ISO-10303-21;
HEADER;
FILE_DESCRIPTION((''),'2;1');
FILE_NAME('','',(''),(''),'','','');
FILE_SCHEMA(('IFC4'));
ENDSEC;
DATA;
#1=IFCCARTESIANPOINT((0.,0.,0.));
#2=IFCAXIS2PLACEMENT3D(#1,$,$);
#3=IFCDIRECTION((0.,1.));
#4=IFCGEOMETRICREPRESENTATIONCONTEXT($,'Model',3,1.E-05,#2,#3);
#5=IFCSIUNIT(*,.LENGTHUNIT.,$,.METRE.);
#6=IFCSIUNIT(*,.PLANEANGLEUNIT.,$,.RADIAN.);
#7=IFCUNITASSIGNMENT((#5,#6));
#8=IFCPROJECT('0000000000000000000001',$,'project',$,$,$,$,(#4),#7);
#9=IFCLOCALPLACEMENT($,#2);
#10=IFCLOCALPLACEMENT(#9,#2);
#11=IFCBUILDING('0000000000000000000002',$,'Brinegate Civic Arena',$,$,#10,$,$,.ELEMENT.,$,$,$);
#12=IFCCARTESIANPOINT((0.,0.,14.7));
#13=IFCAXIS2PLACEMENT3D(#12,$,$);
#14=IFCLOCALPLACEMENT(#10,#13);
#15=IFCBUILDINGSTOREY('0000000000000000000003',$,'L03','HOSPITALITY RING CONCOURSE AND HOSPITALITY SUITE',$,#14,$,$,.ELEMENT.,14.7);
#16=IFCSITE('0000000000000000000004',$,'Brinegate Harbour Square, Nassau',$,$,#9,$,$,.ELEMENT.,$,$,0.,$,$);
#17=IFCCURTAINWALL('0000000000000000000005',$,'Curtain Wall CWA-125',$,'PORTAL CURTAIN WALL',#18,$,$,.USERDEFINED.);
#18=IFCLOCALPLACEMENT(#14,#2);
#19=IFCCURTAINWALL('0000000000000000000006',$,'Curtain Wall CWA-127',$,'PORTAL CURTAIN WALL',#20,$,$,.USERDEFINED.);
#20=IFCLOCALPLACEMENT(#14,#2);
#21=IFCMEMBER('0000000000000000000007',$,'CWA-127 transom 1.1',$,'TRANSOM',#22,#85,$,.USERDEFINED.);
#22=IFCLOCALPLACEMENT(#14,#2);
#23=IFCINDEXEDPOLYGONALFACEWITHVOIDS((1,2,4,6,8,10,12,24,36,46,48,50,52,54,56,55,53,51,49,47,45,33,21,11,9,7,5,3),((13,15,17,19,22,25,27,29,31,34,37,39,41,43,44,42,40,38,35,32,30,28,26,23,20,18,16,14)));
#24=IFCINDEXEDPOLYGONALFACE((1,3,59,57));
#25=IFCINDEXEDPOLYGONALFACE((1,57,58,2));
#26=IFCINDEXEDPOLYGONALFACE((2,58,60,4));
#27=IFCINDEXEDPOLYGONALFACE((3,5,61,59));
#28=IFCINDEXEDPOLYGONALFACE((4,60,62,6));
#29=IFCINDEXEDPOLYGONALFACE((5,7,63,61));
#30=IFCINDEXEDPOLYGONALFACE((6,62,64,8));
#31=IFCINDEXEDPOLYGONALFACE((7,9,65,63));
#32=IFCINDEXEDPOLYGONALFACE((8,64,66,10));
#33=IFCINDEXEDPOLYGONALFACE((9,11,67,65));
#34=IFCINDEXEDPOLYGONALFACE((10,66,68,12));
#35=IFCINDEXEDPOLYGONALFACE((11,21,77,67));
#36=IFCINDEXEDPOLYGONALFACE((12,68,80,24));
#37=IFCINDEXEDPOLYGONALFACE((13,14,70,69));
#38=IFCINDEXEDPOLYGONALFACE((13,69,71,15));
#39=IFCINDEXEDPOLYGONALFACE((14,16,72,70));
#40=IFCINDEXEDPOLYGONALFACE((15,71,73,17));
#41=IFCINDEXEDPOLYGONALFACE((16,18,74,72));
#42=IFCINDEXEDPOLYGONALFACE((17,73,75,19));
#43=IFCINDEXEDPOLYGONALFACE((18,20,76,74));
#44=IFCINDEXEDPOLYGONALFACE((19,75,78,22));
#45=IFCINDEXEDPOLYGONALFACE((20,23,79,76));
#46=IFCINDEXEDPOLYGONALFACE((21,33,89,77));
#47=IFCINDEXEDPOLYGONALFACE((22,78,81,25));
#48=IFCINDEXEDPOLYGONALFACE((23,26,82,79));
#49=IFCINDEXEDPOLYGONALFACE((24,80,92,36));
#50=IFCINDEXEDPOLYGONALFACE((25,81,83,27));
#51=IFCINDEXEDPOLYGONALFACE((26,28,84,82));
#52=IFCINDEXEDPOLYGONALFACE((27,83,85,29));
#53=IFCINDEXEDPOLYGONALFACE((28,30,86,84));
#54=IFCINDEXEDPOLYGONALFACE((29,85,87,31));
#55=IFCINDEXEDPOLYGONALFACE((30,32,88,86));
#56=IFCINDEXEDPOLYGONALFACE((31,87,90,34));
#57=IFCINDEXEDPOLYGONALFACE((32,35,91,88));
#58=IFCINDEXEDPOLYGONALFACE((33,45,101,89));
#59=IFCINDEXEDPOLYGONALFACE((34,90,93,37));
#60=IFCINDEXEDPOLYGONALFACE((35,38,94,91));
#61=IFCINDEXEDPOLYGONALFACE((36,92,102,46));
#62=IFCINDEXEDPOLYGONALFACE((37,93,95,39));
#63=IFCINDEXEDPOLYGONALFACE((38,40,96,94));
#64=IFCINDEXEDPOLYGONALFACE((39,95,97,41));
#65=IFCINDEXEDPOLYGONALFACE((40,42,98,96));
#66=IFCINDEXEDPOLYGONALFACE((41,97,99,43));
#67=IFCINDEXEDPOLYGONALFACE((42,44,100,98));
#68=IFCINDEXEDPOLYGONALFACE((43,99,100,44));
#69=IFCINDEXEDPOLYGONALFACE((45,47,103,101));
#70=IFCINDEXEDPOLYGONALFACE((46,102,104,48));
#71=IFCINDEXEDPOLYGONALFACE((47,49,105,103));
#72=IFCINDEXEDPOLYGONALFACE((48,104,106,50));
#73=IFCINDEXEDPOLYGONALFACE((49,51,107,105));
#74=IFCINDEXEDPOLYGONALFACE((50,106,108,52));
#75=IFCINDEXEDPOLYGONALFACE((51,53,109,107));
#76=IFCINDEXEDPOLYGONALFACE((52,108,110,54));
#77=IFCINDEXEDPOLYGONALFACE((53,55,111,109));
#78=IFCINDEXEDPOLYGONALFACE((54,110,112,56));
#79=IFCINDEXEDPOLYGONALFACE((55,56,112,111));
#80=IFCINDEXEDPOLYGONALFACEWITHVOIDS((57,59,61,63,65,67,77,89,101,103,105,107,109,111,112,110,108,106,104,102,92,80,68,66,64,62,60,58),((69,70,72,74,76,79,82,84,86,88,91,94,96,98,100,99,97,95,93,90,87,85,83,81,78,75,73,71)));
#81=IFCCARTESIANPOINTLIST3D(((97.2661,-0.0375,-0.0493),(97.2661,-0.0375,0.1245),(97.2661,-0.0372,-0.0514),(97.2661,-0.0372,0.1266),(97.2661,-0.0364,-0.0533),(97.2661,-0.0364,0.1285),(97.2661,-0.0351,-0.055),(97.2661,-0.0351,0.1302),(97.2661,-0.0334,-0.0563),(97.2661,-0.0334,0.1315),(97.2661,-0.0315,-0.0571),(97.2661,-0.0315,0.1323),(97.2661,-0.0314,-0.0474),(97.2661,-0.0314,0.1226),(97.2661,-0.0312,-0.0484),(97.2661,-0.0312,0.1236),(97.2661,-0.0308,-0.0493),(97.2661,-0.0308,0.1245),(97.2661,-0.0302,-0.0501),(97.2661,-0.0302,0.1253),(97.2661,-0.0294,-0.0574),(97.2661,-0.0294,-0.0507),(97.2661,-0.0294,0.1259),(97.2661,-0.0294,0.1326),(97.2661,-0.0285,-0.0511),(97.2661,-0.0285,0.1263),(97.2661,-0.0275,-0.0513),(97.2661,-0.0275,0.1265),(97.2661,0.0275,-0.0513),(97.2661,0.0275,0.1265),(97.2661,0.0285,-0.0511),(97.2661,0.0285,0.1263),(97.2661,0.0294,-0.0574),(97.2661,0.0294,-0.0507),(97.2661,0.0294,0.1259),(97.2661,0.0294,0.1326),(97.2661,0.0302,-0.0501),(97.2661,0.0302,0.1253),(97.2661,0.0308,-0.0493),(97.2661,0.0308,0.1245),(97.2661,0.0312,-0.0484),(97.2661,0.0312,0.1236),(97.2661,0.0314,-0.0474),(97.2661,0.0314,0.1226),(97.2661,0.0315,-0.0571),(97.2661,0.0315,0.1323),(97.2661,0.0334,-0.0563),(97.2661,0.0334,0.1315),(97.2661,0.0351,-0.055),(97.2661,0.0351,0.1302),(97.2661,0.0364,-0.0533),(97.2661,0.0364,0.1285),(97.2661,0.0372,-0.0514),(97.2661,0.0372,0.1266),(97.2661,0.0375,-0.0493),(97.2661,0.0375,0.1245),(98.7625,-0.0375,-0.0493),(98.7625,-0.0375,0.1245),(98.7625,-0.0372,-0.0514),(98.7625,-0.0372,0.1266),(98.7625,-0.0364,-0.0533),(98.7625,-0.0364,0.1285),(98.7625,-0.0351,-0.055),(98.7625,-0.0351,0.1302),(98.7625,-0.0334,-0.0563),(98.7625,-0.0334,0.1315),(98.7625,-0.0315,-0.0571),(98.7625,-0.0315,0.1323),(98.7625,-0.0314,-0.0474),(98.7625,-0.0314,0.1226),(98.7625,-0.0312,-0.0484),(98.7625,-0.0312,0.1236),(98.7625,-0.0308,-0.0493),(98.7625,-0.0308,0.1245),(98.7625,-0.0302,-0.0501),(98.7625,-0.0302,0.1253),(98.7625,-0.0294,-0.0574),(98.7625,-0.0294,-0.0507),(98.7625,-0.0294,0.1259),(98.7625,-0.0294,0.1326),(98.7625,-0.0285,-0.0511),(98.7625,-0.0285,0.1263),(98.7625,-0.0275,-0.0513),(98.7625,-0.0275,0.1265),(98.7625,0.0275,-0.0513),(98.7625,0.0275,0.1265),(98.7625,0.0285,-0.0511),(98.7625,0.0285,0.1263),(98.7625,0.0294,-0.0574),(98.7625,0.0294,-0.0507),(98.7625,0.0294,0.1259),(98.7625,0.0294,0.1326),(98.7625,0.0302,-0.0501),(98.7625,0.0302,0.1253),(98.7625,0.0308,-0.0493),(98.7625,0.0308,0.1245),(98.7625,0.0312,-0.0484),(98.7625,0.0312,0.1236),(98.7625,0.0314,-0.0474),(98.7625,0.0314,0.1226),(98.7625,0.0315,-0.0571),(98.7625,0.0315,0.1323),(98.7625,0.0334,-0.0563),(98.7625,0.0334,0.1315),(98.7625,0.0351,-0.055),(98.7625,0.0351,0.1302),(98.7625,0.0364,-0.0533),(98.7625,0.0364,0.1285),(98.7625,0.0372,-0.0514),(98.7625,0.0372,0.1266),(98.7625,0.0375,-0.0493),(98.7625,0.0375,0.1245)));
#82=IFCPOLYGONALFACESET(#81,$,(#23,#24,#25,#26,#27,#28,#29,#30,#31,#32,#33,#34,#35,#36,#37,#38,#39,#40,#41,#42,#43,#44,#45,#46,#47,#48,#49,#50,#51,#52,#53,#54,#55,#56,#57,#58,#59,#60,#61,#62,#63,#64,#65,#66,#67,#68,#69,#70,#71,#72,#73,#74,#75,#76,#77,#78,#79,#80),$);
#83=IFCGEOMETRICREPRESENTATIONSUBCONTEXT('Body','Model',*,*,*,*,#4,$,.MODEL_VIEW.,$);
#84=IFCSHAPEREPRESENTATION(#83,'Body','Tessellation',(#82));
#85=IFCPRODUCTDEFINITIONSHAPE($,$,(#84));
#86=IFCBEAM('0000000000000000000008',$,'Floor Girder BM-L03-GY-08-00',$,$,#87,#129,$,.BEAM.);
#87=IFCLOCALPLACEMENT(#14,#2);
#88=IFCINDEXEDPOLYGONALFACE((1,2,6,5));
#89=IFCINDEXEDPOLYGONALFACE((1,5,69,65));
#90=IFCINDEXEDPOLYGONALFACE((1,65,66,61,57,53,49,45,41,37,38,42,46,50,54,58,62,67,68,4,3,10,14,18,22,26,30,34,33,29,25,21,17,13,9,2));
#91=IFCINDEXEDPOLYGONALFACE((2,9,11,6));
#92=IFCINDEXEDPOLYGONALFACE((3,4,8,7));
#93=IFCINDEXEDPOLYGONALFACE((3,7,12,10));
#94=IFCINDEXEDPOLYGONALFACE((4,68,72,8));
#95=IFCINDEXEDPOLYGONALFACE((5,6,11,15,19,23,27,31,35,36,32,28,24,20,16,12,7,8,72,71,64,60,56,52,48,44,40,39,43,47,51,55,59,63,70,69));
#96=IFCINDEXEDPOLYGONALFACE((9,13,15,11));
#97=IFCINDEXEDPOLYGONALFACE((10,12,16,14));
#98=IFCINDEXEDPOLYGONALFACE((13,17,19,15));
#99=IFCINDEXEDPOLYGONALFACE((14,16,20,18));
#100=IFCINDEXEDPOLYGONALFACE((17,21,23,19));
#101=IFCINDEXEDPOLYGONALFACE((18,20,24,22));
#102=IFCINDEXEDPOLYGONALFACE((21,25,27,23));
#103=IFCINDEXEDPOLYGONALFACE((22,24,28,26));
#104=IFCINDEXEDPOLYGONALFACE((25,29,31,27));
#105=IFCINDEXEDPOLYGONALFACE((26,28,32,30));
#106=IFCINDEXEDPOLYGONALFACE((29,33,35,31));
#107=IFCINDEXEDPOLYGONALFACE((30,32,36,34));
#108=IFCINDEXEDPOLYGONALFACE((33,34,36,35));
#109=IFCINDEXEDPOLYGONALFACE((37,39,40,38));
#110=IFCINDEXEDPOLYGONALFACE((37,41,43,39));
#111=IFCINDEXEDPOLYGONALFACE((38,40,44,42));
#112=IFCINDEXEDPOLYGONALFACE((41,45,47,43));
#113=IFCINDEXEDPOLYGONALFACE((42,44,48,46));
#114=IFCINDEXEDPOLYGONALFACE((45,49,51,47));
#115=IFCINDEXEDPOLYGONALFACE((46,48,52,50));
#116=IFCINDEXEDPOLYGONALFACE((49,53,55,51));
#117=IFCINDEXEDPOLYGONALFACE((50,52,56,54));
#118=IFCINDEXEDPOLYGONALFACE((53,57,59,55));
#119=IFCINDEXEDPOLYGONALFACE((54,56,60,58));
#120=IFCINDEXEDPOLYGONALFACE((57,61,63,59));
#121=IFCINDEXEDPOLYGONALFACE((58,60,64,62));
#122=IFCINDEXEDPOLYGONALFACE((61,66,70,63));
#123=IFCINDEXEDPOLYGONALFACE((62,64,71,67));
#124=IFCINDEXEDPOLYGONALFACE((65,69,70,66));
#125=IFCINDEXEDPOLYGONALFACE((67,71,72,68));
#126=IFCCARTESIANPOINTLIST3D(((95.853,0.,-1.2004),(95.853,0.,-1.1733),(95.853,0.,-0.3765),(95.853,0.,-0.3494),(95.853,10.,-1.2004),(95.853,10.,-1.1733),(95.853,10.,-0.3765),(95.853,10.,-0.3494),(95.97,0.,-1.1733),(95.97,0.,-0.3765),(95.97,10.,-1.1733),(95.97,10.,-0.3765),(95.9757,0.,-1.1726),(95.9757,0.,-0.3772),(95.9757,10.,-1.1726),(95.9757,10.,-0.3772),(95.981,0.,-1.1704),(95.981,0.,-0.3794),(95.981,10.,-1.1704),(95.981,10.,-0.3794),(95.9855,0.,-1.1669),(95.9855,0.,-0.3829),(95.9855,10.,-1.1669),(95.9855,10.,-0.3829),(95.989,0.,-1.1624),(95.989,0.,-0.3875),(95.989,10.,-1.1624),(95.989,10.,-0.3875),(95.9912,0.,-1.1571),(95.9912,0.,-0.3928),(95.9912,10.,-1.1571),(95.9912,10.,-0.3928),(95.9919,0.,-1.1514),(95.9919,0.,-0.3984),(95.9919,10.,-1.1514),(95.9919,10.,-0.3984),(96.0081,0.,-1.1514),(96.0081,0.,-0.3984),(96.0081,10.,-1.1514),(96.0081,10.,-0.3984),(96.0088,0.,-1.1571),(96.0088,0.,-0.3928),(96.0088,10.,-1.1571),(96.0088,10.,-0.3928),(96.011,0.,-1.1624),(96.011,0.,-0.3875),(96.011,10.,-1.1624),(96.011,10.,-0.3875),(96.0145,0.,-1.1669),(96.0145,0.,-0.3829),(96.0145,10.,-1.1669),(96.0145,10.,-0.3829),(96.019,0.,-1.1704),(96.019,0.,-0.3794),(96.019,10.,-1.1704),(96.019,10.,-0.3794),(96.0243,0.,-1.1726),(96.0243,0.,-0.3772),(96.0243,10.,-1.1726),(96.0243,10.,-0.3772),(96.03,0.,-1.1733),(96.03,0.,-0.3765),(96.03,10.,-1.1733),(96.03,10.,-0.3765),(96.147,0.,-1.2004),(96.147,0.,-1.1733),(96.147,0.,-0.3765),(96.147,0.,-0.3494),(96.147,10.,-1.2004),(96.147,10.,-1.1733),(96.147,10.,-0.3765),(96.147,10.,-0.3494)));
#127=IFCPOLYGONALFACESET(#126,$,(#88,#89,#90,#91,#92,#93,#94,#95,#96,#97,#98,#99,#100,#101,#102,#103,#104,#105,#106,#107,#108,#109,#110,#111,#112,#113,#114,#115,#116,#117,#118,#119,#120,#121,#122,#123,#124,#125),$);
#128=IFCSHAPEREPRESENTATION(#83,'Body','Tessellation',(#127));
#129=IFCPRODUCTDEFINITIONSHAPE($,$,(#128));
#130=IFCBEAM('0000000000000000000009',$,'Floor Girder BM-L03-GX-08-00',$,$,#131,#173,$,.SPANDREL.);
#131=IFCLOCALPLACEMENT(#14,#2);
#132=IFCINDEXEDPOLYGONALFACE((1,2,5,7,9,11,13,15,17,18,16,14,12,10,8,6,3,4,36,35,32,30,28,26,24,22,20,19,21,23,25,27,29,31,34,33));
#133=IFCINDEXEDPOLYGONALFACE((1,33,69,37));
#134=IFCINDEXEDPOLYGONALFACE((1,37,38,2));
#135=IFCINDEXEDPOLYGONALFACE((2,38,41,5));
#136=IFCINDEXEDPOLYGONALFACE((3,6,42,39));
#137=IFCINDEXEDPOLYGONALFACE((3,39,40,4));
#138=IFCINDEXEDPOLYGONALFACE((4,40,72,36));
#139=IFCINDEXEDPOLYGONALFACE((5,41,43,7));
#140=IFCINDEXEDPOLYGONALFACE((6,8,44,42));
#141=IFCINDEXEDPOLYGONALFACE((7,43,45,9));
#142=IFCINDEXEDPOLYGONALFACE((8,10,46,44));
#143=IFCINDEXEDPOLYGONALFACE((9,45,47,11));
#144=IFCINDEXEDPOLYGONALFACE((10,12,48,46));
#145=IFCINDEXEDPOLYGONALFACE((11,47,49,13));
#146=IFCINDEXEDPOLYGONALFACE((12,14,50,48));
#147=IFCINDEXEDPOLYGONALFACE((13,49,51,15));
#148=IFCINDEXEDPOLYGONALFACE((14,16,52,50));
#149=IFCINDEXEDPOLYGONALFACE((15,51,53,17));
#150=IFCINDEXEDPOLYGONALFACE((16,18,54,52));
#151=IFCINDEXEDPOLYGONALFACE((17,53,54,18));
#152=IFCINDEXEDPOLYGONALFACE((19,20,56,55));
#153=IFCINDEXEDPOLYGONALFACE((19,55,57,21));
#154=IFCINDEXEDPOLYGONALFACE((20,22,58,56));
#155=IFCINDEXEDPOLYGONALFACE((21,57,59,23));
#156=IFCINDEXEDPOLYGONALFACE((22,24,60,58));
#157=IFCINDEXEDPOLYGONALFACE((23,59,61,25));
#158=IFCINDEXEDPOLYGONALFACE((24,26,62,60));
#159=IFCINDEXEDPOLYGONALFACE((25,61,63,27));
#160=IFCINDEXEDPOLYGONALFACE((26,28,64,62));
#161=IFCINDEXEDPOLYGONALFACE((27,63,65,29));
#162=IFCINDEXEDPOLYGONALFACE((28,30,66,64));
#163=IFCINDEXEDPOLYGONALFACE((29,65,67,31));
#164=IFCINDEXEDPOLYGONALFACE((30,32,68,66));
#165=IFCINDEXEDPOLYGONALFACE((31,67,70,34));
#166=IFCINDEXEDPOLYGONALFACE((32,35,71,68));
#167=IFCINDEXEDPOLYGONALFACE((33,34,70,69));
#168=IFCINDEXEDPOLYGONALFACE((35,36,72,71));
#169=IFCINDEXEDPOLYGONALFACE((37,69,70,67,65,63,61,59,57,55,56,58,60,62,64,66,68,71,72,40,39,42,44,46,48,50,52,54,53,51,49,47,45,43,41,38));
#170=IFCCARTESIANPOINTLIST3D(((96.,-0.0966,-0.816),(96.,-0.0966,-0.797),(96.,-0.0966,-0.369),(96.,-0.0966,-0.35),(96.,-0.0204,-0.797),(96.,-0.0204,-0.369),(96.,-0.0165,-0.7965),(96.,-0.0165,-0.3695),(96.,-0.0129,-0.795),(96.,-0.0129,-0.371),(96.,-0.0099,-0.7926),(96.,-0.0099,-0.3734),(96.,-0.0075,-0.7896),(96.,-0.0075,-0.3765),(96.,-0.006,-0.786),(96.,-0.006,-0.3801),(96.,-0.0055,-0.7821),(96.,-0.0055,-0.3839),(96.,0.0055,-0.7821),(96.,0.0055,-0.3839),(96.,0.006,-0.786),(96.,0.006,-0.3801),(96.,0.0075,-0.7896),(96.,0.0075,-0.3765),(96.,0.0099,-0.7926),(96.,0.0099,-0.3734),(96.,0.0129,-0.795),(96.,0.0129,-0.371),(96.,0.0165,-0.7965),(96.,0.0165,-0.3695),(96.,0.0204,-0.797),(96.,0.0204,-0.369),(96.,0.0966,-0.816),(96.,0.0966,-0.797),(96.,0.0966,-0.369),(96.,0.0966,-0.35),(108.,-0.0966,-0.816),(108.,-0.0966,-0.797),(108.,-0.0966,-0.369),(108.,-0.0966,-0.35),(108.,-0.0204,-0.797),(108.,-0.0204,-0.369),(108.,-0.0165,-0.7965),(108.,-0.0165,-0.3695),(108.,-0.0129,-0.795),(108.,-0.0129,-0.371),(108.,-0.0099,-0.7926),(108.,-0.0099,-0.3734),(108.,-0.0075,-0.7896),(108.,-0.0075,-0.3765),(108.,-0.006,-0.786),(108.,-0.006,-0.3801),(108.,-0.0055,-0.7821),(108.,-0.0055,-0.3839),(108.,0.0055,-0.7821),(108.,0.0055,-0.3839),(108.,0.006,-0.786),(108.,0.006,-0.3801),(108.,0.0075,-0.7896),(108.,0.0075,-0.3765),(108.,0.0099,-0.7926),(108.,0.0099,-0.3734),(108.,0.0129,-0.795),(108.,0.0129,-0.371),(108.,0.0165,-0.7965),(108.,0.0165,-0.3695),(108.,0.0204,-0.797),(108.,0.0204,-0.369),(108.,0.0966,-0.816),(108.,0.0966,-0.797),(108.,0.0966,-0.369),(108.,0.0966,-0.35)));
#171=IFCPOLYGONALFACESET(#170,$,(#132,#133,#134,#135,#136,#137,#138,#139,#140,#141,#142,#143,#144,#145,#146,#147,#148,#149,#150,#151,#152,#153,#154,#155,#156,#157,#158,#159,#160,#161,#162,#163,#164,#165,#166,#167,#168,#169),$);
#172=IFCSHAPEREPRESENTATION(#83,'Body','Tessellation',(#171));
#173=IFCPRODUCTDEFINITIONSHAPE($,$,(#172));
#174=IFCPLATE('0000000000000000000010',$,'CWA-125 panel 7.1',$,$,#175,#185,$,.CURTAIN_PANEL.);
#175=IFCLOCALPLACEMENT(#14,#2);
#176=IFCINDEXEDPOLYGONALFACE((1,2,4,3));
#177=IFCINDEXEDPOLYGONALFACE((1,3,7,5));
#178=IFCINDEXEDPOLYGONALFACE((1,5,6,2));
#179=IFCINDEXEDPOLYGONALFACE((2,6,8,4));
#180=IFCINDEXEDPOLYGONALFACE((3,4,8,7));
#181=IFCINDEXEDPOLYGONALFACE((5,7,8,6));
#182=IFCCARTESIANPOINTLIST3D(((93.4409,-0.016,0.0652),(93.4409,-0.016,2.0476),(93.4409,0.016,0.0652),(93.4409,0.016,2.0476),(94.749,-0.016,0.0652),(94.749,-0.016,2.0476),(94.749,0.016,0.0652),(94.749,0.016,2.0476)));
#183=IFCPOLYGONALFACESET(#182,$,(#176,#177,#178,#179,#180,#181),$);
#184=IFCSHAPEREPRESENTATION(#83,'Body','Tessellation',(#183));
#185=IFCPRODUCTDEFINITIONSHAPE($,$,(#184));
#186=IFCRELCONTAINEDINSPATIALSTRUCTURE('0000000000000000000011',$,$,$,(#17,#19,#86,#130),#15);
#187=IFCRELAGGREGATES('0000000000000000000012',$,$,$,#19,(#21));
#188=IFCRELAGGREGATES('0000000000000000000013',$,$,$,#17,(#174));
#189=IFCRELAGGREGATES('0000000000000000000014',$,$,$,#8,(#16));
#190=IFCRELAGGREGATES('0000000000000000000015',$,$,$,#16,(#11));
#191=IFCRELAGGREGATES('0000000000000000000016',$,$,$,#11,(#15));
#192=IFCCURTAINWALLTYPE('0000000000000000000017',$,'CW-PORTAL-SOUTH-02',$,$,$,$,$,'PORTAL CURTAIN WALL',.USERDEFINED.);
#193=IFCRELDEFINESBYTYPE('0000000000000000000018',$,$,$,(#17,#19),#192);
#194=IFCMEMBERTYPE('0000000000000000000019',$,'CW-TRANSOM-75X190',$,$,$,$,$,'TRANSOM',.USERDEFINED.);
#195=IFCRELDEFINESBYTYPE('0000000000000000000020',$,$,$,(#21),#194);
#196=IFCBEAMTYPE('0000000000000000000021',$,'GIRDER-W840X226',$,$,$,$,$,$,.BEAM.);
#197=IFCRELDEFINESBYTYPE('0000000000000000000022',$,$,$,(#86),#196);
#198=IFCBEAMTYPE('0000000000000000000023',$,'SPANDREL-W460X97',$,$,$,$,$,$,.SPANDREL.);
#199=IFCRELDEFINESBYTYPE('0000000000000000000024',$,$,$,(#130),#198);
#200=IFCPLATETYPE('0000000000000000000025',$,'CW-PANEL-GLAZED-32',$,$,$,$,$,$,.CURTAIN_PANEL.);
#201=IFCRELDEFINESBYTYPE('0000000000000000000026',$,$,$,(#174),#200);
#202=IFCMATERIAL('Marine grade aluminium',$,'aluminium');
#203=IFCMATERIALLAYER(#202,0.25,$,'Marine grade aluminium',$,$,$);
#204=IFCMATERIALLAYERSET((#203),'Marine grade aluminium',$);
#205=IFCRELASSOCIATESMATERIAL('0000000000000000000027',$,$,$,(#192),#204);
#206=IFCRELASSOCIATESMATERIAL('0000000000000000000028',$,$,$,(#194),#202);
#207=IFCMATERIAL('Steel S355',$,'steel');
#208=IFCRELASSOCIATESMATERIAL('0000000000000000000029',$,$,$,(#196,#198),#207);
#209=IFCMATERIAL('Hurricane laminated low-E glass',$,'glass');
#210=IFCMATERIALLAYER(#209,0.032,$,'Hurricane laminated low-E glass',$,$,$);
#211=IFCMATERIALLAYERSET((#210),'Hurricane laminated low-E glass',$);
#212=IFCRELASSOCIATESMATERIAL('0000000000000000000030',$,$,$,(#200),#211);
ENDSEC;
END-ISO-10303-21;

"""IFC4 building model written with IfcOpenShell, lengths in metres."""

from ifc_helpers import new_model, si_unit, direction, frame, origin, origin_2d, place, context, subcontext, project, spatial, rectangle, hollow_rectangle, i_section, extrude, material, layer, layer_set, material_profile, profile_set, type_object, element, aggregate, save


model = new_model("IFC4")

# Units and contexts
model_context = context("Model", 3, precision=1e-05, world=origin(), true_north=direction((0.0, 1.0)))
body_context = subcontext(model_context, "Body", "Model", "MODEL_VIEW")
ifc_project = project(units=[si_unit("LENGTHUNIT", "METRE"), si_unit("PLANEANGLEUNIT", "RADIAN")], contexts=[model_context])

# Site, building, storey
site_placement = place(None, origin())
site = spatial("IfcSite", under=ifc_project, at=site_placement, Name="Brinegate Harbour Square, Nassau", CompositionType="ELEMENT", RefElevation=0.0)
building_placement = place(site_placement, origin())
building = spatial("IfcBuilding", under=site, at=building_placement, Name="Brinegate Civic Arena", CompositionType="ELEMENT")
storey_placement = place(building_placement, frame((0.0, 0.0, 14.7)))
storey = spatial("IfcBuildingStorey", under=building, at=storey_placement, Name="L03", Description="HOSPITALITY RING CONCOURSE AND HOSPITALITY SUITE", CompositionType="ELEMENT", Elevation=14.7)

# Curtain wall
ifc_material_1 = material(Name="Marine grade aluminium", Category="aluminium")
ifc_layer_1 = layer(ifc_material_1, 0.25, Name="Marine grade aluminium")
ifc_layer_set_1 = layer_set([ifc_layer_1], Name="Marine grade aluminium")
curtain_wall_type = type_object("IfcCurtainWallType", Name="CW-PORTAL-SOUTH-02", ElementType="PORTAL CURTAIN WALL", PredefinedType="USERDEFINED", material=ifc_layer_set_1)
curtain_wall_1_placement = place(storey_placement, origin())
curtain_wall_1 = element("IfcCurtainWall", 1, at=curtain_wall_1_placement, inside=storey, type_object=curtain_wall_type, Name="Curtain Wall CWA-125", ObjectType="PORTAL CURTAIN WALL", PredefinedType="USERDEFINED")

# Curtain wall
curtain_wall_2_placement = place(storey_placement, origin())
curtain_wall_2 = element("IfcCurtainWall", 2, at=curtain_wall_2_placement, inside=storey, type_object=curtain_wall_type, Name="Curtain Wall CWA-127", ObjectType="PORTAL CURTAIN WALL", PredefinedType="USERDEFINED")

# Member
ifc_material_profile_1 = material_profile(ifc_material_1, hollow_rectangle(XDim=0.075, YDim=0.1899, WallThickness=0.0061, InnerFilletRadius=0.0039, OuterFilletRadius=0.0081, at=origin_2d()), Name="TRN75X190")
ifc_profile_set_1 = profile_set([ifc_material_profile_1], Name="Marine grade aluminium")
member_type_1 = type_object("IfcMemberType", Name="CW-TRANSOM-75X190", ElementType="TRANSOM", PredefinedType="USERDEFINED", material=ifc_profile_set_1)
member_1_placement = place(storey_placement, frame((97.2661, 0.0, 0.0376), z_axis=(1.0, 0.0, 0.0), x_axis=(0.0, 1.0, 0.0)))
member_1 = element("IfcMember", 3, at=member_1_placement, type_object=member_type_1, Name="CWA-127 transom 1.1", ObjectType="TRANSOM", PredefinedType="USERDEFINED", context=body_context, shape_type="SweptSolid", body=[
    extrude(hollow_rectangle(XDim=0.075, YDim=0.1899, WallThickness=0.0061, InnerFilletRadius=0.0039, OuterFilletRadius=0.0081, at=origin_2d()), origin(), (0.0, 0.0, 1.0), 1.4963),
])
aggregate(curtain_wall_2, [member_1])

# Beams
ifc_material_2 = material(Name="Steel S355", Category="steel")
ifc_material_profile_2 = material_profile(ifc_material_2, i_section(OverallWidth=0.2939, OverallDepth=0.8511, WebThickness=0.0161, FlangeThickness=0.0271, FilletRadius=0.022, at=origin_2d()), Name="W840X226")
ifc_profile_set_2 = profile_set([ifc_material_profile_2], Name="Steel S355")
beam_type_1 = type_object("IfcBeamType", Name="GIRDER-W840X226", PredefinedType="BEAM", material=ifc_profile_set_2)
beam_1_placement = place(storey_placement, frame((96.0, 0.0, -0.7749), z_axis=(0.0, 1.0, 0.0), x_axis=(-1.0, 0.0, 0.0)))
element("IfcBeam", 4, at=beam_1_placement, inside=storey, type_object=beam_type_1, Name="Floor Girder BM-L03-GY-08-00", PredefinedType="BEAM", context=body_context, shape_type="SweptSolid", body=[
    extrude(i_section(OverallWidth=0.2939, OverallDepth=0.8511, WebThickness=0.0161, FlangeThickness=0.0271, FilletRadius=0.022, at=origin_2d()), origin(), (0.0, 0.0, 1.0), 10.0),
])
ifc_material_profile_3 = material_profile(ifc_material_2, i_section(OverallWidth=0.1931, OverallDepth=0.4661, WebThickness=0.011, FlangeThickness=0.019, FilletRadius=0.0149, at=origin_2d()), Name="W460X97")
ifc_profile_set_3 = profile_set([ifc_material_profile_3], Name="Steel S355")
beam_type_2 = type_object("IfcBeamType", Name="SPANDREL-W460X97", PredefinedType="SPANDREL", material=ifc_profile_set_3)
beam_2_placement = place(storey_placement, frame((96.0, 0.0, -0.583), z_axis=(1.0, 0.0, 0.0), x_axis=(0.0, 1.0, 0.0)))
element("IfcBeam", 5, at=beam_2_placement, inside=storey, type_object=beam_type_2, Name="Floor Girder BM-L03-GX-08-00", PredefinedType="SPANDREL", context=body_context, shape_type="SweptSolid", body=[
    extrude(i_section(OverallWidth=0.1931, OverallDepth=0.4661, WebThickness=0.011, FlangeThickness=0.019, FilletRadius=0.0149, at=origin_2d()), origin(), (0.0, 0.0, 1.0), 12.0),
])

# Plate
ifc_material_3 = material(Name="Hurricane laminated low-E glass", Category="glass")
ifc_layer_2 = layer(ifc_material_3, 0.032, Name="Hurricane laminated low-E glass")
ifc_layer_set_2 = layer_set([ifc_layer_2], Name="Hurricane laminated low-E glass")
plate_type = type_object("IfcPlateType", Name="CW-PANEL-GLAZED-32", PredefinedType="CURTAIN_PANEL", material=ifc_layer_set_2)
plate_1_placement = place(storey_placement, frame((94.095, 0.0, 0.0652), z_axis=(0.0, 0.0, 1.0), x_axis=(1.0, 0.0, 0.0)))
plate_1 = element("IfcPlate", 6, at=plate_1_placement, type_object=plate_type, Name="CWA-125 panel 7.1", PredefinedType="CURTAIN_PANEL", context=body_context, shape_type="SweptSolid", body=[
    extrude(rectangle(XDim=1.3081, YDim=0.032, at=origin_2d()), origin(), (0.0, 0.0, 1.0), 1.9824),
])
aggregate(curtain_wall_1, [plate_1])

save(model, "model.ifc")
